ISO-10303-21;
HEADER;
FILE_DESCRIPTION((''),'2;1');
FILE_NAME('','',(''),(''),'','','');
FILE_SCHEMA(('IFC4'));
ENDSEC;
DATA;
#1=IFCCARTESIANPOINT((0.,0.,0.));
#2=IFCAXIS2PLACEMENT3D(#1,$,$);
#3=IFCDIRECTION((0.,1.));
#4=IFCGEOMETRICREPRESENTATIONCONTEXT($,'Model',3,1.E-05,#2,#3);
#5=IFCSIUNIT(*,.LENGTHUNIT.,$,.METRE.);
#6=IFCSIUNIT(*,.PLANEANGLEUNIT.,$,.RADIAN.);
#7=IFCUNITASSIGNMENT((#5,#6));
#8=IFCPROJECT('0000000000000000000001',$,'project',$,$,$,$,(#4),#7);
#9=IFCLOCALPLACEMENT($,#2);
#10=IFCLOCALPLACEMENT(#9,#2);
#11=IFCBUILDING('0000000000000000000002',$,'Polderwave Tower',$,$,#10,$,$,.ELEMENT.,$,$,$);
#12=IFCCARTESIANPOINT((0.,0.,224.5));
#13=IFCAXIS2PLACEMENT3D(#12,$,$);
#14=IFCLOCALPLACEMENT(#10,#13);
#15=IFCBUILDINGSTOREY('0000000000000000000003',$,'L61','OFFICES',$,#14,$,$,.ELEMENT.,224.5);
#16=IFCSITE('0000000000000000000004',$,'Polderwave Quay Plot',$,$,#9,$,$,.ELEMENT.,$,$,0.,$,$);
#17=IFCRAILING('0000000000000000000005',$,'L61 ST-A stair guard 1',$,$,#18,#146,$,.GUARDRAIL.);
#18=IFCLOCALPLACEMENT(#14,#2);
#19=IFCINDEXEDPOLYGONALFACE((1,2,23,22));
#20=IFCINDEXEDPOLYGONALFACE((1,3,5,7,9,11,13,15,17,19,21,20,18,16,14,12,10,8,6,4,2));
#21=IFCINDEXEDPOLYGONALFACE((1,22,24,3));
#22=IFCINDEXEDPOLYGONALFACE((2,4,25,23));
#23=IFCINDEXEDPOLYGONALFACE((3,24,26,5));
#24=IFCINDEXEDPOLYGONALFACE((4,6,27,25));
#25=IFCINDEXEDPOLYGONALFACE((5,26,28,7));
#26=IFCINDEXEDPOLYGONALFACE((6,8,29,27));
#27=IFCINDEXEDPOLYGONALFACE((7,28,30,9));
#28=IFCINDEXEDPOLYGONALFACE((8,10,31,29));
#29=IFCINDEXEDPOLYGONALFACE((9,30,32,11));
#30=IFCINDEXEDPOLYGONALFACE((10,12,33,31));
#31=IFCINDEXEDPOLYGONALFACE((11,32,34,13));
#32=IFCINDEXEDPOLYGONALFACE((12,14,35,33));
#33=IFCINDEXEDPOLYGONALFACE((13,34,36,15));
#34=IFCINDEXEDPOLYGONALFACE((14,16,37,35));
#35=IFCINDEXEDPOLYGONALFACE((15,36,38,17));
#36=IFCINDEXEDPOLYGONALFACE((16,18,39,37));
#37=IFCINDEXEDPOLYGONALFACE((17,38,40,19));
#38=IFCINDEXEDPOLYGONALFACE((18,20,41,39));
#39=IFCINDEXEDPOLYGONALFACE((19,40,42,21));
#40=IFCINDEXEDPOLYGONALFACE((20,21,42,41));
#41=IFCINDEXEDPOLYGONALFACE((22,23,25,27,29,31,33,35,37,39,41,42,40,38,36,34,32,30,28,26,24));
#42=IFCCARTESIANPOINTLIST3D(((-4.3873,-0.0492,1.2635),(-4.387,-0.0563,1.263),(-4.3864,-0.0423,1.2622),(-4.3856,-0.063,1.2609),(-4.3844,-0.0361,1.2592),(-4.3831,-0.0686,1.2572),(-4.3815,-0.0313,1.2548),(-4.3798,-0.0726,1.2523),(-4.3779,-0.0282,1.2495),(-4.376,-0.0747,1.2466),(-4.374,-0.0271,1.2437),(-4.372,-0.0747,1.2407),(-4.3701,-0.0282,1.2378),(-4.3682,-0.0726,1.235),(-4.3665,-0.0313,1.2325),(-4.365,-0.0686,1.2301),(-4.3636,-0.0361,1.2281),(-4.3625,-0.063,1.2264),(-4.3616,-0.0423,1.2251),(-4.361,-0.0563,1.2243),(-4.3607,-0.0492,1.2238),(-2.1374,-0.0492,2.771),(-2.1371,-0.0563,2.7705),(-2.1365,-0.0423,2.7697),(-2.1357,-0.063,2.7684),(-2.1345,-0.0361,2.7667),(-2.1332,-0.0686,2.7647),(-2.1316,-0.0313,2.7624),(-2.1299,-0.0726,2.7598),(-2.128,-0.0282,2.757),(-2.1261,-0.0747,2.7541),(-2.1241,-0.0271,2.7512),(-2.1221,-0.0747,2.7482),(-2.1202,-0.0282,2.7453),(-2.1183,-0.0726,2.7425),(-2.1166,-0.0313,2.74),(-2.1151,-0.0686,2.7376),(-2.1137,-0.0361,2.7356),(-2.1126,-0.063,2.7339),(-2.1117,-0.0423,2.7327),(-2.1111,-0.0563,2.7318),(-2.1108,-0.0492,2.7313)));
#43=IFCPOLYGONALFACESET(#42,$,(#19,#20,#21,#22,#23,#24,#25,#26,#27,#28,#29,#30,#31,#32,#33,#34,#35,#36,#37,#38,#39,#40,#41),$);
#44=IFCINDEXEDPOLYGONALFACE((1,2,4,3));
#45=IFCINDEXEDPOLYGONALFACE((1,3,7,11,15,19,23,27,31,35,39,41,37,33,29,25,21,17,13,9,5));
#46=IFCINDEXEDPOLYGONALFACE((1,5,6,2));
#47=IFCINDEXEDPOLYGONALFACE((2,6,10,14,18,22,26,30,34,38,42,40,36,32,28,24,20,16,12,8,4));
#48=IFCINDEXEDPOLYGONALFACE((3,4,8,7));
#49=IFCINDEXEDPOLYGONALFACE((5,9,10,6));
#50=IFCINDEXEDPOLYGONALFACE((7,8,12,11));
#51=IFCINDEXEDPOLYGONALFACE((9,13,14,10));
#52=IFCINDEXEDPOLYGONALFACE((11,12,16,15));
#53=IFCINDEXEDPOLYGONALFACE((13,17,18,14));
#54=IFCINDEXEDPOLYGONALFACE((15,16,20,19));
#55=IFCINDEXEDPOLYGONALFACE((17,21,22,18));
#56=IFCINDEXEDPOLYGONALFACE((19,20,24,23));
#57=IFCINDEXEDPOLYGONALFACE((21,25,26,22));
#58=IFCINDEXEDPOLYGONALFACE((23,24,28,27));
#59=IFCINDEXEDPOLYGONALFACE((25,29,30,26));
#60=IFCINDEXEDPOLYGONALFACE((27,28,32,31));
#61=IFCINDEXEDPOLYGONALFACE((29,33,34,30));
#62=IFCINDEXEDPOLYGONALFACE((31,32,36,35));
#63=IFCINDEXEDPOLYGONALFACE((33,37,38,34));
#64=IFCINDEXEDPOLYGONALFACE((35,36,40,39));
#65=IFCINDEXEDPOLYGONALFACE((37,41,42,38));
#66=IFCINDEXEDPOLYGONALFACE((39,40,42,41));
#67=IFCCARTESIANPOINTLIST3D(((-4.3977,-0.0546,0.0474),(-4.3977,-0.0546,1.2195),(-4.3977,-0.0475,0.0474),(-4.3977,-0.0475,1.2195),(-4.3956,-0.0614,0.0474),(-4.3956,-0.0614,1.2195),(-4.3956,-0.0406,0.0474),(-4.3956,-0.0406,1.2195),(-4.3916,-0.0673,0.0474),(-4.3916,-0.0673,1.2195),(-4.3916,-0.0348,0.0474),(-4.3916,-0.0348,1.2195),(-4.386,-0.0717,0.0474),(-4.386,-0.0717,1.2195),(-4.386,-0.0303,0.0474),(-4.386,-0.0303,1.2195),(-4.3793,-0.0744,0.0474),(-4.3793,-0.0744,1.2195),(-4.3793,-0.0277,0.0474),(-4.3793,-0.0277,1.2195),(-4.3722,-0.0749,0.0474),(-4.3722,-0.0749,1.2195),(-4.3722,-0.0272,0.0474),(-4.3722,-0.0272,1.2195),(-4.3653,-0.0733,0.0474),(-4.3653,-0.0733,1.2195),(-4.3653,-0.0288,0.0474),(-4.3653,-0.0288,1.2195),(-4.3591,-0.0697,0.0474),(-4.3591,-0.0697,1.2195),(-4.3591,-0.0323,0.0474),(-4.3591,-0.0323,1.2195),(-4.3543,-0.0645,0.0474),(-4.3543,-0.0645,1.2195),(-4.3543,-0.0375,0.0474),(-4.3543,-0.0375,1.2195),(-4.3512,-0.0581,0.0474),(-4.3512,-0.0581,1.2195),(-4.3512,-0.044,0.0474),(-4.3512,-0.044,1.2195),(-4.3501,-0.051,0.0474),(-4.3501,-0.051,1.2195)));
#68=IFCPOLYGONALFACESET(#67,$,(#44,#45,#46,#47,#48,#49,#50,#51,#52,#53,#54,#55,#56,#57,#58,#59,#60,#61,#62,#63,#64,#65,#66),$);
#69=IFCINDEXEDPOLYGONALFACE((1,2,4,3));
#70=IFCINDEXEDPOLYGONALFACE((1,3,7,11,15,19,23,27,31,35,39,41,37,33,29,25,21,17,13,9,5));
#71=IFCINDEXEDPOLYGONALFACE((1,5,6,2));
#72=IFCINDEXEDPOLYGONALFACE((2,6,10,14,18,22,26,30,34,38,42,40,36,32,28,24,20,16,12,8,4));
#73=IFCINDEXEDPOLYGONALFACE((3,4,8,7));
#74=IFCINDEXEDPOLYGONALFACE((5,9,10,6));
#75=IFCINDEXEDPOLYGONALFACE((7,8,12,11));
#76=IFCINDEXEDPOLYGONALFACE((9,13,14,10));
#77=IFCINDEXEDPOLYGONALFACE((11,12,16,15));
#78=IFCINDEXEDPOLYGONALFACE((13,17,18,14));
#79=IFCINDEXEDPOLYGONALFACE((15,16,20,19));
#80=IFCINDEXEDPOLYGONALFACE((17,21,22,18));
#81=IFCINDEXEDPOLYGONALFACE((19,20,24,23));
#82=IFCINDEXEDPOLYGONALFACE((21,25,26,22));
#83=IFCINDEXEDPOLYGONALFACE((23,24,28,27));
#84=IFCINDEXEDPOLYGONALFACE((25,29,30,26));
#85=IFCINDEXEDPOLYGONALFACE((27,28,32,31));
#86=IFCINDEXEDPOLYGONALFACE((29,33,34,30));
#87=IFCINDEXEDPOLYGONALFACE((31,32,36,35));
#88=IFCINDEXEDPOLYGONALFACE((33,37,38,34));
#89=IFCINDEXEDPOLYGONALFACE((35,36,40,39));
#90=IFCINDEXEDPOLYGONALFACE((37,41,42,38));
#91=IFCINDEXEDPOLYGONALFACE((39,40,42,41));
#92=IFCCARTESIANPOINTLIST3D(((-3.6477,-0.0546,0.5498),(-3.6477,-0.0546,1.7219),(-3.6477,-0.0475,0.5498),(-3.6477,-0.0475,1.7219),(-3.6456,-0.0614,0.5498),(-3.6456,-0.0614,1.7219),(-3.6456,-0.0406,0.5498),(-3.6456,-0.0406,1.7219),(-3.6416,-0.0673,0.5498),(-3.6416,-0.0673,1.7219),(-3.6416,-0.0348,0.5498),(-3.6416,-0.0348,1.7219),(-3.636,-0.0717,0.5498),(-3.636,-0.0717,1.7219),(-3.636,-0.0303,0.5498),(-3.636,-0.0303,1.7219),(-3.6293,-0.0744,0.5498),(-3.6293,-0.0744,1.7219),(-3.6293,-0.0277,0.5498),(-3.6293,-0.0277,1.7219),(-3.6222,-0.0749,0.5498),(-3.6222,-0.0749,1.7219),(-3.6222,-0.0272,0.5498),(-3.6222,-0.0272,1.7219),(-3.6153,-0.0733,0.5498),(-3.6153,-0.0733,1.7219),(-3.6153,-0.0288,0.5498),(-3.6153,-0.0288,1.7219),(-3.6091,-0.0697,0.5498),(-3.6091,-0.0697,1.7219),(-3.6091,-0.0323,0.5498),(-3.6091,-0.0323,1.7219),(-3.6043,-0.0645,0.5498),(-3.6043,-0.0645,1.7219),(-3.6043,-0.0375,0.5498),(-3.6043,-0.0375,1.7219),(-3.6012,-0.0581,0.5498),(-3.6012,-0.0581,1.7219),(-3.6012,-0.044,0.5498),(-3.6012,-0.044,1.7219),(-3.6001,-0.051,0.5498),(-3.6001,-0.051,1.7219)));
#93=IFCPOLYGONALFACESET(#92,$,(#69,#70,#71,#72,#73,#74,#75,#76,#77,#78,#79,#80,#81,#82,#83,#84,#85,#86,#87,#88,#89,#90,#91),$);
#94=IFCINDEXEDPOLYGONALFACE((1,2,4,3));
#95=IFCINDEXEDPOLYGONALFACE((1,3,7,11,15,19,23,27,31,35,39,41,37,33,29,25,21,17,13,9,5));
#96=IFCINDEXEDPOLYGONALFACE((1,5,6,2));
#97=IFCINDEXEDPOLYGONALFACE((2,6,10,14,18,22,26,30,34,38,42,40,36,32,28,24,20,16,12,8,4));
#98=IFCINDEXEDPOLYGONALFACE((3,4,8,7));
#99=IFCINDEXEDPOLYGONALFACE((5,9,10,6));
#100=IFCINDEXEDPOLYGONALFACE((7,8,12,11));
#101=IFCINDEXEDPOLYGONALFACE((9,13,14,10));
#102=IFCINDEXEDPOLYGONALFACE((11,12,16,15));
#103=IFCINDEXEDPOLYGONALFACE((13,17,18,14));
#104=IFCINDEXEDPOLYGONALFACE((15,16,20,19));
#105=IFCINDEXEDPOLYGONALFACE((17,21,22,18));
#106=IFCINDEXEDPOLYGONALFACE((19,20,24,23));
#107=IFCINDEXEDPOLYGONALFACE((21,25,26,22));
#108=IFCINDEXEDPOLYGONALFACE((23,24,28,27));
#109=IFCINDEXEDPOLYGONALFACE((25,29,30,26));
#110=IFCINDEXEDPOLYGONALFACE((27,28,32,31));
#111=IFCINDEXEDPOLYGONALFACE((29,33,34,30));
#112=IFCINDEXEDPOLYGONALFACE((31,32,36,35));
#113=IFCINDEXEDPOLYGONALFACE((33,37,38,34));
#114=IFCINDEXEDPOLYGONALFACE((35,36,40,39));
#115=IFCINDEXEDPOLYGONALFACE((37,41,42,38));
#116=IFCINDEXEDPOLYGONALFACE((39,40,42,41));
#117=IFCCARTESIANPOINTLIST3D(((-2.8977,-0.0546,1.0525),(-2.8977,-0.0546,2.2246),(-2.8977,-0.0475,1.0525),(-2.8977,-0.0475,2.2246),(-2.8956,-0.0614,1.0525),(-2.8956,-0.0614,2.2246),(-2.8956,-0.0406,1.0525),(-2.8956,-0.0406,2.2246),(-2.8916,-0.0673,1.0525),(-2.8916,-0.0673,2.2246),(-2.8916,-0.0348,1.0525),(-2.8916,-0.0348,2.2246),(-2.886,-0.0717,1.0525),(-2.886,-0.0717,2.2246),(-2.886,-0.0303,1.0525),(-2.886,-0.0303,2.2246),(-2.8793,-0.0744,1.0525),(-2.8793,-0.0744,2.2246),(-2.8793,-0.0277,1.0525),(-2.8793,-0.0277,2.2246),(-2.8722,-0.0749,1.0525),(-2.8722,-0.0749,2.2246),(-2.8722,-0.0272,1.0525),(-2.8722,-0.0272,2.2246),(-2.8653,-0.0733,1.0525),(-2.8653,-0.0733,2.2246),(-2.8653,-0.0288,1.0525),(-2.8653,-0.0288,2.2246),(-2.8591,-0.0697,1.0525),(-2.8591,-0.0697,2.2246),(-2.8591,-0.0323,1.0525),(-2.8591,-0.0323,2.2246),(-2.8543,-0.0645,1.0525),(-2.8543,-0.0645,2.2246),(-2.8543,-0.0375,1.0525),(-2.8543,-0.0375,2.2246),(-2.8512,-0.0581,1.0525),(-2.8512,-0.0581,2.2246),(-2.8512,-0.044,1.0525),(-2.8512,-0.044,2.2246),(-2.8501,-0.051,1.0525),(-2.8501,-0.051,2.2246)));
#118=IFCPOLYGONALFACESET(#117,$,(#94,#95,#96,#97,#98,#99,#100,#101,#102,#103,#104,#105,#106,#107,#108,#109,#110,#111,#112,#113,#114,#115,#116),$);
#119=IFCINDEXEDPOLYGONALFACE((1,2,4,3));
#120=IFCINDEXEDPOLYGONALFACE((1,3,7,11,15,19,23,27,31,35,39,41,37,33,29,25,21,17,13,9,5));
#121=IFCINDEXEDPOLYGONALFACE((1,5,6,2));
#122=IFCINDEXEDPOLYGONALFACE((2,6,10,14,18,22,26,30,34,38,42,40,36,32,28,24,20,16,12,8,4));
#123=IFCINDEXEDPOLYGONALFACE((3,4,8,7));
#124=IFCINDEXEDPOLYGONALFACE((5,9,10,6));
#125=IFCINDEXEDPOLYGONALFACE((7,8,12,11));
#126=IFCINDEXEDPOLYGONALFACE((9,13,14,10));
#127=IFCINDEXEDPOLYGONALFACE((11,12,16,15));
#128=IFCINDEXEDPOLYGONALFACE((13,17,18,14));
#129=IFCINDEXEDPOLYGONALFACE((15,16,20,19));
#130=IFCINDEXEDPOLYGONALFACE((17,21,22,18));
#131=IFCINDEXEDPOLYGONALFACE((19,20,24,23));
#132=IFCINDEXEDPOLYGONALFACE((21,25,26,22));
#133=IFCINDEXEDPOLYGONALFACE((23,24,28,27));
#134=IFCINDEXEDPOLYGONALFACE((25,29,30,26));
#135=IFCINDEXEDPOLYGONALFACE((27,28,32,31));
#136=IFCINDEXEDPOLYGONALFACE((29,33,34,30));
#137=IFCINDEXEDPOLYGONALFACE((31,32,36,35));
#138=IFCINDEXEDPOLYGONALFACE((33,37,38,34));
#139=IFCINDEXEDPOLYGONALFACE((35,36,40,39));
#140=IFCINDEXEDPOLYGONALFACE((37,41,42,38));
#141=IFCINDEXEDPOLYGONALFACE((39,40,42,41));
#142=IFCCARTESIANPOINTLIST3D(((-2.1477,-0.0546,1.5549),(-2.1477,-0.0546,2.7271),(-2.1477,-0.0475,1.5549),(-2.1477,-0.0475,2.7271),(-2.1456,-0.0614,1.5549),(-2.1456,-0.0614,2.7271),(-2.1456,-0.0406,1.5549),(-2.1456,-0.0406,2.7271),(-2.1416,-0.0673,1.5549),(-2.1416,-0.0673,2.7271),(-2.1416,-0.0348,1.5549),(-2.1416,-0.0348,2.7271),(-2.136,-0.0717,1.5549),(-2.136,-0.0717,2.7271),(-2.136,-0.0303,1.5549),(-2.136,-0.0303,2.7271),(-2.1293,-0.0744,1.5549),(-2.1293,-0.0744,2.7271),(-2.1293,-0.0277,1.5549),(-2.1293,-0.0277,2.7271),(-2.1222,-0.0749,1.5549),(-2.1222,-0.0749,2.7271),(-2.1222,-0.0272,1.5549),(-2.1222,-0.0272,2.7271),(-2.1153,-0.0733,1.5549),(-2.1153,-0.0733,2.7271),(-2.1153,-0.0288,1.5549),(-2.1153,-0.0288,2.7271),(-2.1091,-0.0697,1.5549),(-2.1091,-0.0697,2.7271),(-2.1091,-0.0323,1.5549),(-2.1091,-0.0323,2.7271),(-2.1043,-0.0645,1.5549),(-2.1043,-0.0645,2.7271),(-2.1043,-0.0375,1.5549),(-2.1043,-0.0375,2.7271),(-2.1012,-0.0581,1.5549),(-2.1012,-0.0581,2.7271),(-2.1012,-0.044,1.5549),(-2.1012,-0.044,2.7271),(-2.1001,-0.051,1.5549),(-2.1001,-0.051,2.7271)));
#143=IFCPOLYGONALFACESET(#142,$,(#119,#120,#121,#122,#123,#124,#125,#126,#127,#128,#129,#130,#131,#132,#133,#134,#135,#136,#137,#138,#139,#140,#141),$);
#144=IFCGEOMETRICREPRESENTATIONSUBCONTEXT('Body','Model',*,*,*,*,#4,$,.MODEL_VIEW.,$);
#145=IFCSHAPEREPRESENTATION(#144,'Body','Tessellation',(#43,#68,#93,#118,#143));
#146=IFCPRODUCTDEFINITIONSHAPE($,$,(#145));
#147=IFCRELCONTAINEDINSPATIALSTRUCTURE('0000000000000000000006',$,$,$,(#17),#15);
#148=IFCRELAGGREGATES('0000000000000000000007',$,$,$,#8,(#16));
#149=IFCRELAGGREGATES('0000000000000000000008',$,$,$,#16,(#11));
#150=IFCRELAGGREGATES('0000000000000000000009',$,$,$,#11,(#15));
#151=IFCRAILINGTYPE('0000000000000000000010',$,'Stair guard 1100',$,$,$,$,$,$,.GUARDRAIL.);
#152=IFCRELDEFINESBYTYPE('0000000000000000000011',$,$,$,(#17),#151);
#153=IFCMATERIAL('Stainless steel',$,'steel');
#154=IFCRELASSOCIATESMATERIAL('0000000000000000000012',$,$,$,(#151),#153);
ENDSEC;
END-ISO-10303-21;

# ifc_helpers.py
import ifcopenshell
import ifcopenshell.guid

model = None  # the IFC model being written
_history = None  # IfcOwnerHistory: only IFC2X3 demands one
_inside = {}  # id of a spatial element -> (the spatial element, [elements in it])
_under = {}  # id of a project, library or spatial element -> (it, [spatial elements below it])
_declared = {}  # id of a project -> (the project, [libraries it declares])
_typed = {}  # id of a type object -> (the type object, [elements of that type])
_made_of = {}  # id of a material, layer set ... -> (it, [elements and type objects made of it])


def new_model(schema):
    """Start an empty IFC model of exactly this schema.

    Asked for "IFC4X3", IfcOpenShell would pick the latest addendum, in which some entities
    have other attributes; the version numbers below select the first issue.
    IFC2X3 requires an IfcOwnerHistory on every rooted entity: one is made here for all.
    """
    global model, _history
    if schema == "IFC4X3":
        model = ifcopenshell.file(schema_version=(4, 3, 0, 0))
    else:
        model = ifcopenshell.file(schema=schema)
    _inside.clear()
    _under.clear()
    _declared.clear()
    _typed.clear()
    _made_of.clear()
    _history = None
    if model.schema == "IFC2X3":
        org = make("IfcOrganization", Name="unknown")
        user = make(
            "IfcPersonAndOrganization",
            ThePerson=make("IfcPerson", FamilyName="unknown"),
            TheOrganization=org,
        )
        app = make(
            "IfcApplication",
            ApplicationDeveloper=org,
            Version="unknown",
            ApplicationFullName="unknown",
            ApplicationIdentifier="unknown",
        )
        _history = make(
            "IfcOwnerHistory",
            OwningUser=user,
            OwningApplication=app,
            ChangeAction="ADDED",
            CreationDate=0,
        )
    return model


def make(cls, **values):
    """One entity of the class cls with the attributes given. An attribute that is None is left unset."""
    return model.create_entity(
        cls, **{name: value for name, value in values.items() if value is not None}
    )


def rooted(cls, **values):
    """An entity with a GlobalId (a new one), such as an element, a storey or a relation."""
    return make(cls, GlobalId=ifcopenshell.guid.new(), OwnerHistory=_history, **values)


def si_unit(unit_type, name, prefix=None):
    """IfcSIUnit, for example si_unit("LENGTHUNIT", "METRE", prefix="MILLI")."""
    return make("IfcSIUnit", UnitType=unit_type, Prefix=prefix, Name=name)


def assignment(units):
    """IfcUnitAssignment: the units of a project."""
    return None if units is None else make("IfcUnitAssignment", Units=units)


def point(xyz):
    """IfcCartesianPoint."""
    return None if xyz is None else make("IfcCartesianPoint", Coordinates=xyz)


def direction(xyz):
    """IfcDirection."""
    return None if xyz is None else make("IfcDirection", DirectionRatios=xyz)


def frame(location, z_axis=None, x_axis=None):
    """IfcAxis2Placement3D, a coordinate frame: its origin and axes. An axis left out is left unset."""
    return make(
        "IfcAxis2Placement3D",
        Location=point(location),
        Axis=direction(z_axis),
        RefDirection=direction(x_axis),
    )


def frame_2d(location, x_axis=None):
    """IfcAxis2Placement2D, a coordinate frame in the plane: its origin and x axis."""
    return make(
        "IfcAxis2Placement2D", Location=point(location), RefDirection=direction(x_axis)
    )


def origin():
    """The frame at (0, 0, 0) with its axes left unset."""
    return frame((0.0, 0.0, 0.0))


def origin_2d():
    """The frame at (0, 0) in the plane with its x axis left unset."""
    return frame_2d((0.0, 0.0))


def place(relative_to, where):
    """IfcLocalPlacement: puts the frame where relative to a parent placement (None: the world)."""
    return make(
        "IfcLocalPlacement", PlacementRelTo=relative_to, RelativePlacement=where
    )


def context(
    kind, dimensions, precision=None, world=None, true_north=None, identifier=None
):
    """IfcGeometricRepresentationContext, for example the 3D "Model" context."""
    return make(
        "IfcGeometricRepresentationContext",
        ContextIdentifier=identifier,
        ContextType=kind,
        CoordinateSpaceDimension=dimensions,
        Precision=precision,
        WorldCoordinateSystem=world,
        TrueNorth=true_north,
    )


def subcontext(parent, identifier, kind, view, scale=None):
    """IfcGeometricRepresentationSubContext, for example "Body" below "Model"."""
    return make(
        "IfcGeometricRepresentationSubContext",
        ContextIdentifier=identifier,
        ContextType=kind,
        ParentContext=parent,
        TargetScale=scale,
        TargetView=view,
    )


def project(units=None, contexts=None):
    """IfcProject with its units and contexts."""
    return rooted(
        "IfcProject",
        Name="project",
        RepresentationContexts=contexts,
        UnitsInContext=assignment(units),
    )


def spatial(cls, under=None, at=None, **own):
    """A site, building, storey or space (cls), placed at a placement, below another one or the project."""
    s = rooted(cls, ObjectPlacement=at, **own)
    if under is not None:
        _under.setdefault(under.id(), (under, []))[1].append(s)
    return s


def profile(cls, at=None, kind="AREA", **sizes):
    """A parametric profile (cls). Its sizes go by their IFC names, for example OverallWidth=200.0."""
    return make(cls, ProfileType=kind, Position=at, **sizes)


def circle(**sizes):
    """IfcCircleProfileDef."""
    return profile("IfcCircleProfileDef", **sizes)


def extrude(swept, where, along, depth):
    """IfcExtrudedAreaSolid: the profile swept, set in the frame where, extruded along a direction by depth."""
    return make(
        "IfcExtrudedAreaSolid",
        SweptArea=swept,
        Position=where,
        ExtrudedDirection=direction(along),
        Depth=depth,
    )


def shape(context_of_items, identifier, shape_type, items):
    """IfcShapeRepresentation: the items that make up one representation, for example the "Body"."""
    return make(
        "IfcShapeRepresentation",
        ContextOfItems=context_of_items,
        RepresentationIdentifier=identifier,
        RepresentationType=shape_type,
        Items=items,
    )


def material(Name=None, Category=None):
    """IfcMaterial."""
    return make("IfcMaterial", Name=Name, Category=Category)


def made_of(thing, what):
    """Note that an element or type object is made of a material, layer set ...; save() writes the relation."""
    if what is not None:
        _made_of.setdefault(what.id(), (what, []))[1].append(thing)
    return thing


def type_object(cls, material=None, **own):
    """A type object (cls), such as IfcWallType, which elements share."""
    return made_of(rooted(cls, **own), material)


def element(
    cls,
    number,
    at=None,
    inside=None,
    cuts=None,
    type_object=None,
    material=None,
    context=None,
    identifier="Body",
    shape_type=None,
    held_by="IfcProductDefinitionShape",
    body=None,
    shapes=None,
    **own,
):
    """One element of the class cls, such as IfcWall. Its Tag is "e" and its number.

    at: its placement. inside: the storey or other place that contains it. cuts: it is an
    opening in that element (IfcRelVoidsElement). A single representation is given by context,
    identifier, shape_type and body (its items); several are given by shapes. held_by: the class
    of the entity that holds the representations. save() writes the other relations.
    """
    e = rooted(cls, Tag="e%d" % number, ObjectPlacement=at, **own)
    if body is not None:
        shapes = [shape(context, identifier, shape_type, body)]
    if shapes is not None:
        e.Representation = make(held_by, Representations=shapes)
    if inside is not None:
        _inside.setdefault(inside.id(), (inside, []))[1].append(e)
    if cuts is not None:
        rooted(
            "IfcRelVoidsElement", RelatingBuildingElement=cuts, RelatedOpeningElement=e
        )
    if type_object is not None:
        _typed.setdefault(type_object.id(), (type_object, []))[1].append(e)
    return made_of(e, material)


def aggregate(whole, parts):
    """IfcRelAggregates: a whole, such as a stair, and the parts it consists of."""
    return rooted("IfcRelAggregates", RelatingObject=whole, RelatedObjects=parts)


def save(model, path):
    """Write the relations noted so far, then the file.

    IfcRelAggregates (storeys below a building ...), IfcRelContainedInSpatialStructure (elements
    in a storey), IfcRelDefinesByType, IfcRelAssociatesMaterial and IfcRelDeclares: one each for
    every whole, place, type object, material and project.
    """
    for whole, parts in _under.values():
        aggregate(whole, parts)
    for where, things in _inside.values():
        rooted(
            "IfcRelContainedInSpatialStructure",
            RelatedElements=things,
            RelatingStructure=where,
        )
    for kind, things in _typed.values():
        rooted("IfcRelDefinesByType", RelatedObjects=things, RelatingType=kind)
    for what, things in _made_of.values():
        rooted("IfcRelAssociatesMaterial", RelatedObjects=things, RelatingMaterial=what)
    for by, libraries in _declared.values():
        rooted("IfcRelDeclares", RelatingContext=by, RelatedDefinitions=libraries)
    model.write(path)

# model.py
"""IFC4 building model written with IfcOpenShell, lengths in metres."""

from ifc_helpers import new_model, si_unit, direction, frame, origin, origin_2d, place, context, subcontext, project, spatial, circle, extrude, material, type_object, element, save


model = new_model("IFC4")

# Units and contexts
model_context = context("Model", 3, precision=1e-05, world=origin(), true_north=direction((0.0, 1.0)))
body_context = subcontext(model_context, "Body", "Model", "MODEL_VIEW")
ifc_project = project(units=[si_unit("LENGTHUNIT", "METRE"), si_unit("PLANEANGLEUNIT", "RADIAN")], contexts=[model_context])

# Site, building, storey
site_placement = place(None, origin())
site = spatial("IfcSite", under=ifc_project, at=site_placement, Name="Polderwave Quay Plot", CompositionType="ELEMENT", RefElevation=0.0)
building_placement = place(site_placement, origin())
building = spatial("IfcBuilding", under=site, at=building_placement, Name="Polderwave Tower", CompositionType="ELEMENT")
storey_placement = place(building_placement, frame((0.0, 0.0, 224.5)))
storey = spatial("IfcBuildingStorey", under=building, at=storey_placement, Name="L61", Description="OFFICES", CompositionType="ELEMENT", Elevation=224.5)

# Railing
ifc_material_1 = material(Name="Stainless steel", Category="steel")
railing_type_1 = type_object("IfcRailingType", Name="Stair guard 1100", PredefinedType="GUARDRAIL", material=ifc_material_1)
railing_1_placement = place(storey_placement, frame((-4.374, -0.051, 0.0474)))
element("IfcRailing", 1, at=railing_1_placement, inside=storey, type_object=railing_type_1, Name="L61 ST-A stair guard 1", PredefinedType="GUARDRAIL", context=body_context, shape_type="SweptSolid", body=[
    extrude(circle(Radius=0.0239, at=origin_2d()), frame((0.0, 0.0, 1.1963), z_axis=(0.830758, 0.0, 0.556633), x_axis=(0.0, 1.0, 0.0)), (0.0, 0.0, 1.0), 2.7083),
    extrude(circle(Radius=0.0239, at=origin_2d()), origin(), (0.0, 0.0, 1.0), 1.1721),
    extrude(circle(Radius=0.0239, at=origin_2d()), frame((0.75, 0.0, 0.5024)), (0.0, 0.0, 1.0), 1.1721),
    extrude(circle(Radius=0.0239, at=origin_2d()), frame((1.5, 0.0, 1.0051)), (0.0, 0.0, 1.0), 1.1721),
    extrude(circle(Radius=0.0239, at=origin_2d()), frame((2.25, 0.0, 1.5076)), (0.0, 0.0, 1.0), 1.1721),
])

save(model, "model.ifc")
